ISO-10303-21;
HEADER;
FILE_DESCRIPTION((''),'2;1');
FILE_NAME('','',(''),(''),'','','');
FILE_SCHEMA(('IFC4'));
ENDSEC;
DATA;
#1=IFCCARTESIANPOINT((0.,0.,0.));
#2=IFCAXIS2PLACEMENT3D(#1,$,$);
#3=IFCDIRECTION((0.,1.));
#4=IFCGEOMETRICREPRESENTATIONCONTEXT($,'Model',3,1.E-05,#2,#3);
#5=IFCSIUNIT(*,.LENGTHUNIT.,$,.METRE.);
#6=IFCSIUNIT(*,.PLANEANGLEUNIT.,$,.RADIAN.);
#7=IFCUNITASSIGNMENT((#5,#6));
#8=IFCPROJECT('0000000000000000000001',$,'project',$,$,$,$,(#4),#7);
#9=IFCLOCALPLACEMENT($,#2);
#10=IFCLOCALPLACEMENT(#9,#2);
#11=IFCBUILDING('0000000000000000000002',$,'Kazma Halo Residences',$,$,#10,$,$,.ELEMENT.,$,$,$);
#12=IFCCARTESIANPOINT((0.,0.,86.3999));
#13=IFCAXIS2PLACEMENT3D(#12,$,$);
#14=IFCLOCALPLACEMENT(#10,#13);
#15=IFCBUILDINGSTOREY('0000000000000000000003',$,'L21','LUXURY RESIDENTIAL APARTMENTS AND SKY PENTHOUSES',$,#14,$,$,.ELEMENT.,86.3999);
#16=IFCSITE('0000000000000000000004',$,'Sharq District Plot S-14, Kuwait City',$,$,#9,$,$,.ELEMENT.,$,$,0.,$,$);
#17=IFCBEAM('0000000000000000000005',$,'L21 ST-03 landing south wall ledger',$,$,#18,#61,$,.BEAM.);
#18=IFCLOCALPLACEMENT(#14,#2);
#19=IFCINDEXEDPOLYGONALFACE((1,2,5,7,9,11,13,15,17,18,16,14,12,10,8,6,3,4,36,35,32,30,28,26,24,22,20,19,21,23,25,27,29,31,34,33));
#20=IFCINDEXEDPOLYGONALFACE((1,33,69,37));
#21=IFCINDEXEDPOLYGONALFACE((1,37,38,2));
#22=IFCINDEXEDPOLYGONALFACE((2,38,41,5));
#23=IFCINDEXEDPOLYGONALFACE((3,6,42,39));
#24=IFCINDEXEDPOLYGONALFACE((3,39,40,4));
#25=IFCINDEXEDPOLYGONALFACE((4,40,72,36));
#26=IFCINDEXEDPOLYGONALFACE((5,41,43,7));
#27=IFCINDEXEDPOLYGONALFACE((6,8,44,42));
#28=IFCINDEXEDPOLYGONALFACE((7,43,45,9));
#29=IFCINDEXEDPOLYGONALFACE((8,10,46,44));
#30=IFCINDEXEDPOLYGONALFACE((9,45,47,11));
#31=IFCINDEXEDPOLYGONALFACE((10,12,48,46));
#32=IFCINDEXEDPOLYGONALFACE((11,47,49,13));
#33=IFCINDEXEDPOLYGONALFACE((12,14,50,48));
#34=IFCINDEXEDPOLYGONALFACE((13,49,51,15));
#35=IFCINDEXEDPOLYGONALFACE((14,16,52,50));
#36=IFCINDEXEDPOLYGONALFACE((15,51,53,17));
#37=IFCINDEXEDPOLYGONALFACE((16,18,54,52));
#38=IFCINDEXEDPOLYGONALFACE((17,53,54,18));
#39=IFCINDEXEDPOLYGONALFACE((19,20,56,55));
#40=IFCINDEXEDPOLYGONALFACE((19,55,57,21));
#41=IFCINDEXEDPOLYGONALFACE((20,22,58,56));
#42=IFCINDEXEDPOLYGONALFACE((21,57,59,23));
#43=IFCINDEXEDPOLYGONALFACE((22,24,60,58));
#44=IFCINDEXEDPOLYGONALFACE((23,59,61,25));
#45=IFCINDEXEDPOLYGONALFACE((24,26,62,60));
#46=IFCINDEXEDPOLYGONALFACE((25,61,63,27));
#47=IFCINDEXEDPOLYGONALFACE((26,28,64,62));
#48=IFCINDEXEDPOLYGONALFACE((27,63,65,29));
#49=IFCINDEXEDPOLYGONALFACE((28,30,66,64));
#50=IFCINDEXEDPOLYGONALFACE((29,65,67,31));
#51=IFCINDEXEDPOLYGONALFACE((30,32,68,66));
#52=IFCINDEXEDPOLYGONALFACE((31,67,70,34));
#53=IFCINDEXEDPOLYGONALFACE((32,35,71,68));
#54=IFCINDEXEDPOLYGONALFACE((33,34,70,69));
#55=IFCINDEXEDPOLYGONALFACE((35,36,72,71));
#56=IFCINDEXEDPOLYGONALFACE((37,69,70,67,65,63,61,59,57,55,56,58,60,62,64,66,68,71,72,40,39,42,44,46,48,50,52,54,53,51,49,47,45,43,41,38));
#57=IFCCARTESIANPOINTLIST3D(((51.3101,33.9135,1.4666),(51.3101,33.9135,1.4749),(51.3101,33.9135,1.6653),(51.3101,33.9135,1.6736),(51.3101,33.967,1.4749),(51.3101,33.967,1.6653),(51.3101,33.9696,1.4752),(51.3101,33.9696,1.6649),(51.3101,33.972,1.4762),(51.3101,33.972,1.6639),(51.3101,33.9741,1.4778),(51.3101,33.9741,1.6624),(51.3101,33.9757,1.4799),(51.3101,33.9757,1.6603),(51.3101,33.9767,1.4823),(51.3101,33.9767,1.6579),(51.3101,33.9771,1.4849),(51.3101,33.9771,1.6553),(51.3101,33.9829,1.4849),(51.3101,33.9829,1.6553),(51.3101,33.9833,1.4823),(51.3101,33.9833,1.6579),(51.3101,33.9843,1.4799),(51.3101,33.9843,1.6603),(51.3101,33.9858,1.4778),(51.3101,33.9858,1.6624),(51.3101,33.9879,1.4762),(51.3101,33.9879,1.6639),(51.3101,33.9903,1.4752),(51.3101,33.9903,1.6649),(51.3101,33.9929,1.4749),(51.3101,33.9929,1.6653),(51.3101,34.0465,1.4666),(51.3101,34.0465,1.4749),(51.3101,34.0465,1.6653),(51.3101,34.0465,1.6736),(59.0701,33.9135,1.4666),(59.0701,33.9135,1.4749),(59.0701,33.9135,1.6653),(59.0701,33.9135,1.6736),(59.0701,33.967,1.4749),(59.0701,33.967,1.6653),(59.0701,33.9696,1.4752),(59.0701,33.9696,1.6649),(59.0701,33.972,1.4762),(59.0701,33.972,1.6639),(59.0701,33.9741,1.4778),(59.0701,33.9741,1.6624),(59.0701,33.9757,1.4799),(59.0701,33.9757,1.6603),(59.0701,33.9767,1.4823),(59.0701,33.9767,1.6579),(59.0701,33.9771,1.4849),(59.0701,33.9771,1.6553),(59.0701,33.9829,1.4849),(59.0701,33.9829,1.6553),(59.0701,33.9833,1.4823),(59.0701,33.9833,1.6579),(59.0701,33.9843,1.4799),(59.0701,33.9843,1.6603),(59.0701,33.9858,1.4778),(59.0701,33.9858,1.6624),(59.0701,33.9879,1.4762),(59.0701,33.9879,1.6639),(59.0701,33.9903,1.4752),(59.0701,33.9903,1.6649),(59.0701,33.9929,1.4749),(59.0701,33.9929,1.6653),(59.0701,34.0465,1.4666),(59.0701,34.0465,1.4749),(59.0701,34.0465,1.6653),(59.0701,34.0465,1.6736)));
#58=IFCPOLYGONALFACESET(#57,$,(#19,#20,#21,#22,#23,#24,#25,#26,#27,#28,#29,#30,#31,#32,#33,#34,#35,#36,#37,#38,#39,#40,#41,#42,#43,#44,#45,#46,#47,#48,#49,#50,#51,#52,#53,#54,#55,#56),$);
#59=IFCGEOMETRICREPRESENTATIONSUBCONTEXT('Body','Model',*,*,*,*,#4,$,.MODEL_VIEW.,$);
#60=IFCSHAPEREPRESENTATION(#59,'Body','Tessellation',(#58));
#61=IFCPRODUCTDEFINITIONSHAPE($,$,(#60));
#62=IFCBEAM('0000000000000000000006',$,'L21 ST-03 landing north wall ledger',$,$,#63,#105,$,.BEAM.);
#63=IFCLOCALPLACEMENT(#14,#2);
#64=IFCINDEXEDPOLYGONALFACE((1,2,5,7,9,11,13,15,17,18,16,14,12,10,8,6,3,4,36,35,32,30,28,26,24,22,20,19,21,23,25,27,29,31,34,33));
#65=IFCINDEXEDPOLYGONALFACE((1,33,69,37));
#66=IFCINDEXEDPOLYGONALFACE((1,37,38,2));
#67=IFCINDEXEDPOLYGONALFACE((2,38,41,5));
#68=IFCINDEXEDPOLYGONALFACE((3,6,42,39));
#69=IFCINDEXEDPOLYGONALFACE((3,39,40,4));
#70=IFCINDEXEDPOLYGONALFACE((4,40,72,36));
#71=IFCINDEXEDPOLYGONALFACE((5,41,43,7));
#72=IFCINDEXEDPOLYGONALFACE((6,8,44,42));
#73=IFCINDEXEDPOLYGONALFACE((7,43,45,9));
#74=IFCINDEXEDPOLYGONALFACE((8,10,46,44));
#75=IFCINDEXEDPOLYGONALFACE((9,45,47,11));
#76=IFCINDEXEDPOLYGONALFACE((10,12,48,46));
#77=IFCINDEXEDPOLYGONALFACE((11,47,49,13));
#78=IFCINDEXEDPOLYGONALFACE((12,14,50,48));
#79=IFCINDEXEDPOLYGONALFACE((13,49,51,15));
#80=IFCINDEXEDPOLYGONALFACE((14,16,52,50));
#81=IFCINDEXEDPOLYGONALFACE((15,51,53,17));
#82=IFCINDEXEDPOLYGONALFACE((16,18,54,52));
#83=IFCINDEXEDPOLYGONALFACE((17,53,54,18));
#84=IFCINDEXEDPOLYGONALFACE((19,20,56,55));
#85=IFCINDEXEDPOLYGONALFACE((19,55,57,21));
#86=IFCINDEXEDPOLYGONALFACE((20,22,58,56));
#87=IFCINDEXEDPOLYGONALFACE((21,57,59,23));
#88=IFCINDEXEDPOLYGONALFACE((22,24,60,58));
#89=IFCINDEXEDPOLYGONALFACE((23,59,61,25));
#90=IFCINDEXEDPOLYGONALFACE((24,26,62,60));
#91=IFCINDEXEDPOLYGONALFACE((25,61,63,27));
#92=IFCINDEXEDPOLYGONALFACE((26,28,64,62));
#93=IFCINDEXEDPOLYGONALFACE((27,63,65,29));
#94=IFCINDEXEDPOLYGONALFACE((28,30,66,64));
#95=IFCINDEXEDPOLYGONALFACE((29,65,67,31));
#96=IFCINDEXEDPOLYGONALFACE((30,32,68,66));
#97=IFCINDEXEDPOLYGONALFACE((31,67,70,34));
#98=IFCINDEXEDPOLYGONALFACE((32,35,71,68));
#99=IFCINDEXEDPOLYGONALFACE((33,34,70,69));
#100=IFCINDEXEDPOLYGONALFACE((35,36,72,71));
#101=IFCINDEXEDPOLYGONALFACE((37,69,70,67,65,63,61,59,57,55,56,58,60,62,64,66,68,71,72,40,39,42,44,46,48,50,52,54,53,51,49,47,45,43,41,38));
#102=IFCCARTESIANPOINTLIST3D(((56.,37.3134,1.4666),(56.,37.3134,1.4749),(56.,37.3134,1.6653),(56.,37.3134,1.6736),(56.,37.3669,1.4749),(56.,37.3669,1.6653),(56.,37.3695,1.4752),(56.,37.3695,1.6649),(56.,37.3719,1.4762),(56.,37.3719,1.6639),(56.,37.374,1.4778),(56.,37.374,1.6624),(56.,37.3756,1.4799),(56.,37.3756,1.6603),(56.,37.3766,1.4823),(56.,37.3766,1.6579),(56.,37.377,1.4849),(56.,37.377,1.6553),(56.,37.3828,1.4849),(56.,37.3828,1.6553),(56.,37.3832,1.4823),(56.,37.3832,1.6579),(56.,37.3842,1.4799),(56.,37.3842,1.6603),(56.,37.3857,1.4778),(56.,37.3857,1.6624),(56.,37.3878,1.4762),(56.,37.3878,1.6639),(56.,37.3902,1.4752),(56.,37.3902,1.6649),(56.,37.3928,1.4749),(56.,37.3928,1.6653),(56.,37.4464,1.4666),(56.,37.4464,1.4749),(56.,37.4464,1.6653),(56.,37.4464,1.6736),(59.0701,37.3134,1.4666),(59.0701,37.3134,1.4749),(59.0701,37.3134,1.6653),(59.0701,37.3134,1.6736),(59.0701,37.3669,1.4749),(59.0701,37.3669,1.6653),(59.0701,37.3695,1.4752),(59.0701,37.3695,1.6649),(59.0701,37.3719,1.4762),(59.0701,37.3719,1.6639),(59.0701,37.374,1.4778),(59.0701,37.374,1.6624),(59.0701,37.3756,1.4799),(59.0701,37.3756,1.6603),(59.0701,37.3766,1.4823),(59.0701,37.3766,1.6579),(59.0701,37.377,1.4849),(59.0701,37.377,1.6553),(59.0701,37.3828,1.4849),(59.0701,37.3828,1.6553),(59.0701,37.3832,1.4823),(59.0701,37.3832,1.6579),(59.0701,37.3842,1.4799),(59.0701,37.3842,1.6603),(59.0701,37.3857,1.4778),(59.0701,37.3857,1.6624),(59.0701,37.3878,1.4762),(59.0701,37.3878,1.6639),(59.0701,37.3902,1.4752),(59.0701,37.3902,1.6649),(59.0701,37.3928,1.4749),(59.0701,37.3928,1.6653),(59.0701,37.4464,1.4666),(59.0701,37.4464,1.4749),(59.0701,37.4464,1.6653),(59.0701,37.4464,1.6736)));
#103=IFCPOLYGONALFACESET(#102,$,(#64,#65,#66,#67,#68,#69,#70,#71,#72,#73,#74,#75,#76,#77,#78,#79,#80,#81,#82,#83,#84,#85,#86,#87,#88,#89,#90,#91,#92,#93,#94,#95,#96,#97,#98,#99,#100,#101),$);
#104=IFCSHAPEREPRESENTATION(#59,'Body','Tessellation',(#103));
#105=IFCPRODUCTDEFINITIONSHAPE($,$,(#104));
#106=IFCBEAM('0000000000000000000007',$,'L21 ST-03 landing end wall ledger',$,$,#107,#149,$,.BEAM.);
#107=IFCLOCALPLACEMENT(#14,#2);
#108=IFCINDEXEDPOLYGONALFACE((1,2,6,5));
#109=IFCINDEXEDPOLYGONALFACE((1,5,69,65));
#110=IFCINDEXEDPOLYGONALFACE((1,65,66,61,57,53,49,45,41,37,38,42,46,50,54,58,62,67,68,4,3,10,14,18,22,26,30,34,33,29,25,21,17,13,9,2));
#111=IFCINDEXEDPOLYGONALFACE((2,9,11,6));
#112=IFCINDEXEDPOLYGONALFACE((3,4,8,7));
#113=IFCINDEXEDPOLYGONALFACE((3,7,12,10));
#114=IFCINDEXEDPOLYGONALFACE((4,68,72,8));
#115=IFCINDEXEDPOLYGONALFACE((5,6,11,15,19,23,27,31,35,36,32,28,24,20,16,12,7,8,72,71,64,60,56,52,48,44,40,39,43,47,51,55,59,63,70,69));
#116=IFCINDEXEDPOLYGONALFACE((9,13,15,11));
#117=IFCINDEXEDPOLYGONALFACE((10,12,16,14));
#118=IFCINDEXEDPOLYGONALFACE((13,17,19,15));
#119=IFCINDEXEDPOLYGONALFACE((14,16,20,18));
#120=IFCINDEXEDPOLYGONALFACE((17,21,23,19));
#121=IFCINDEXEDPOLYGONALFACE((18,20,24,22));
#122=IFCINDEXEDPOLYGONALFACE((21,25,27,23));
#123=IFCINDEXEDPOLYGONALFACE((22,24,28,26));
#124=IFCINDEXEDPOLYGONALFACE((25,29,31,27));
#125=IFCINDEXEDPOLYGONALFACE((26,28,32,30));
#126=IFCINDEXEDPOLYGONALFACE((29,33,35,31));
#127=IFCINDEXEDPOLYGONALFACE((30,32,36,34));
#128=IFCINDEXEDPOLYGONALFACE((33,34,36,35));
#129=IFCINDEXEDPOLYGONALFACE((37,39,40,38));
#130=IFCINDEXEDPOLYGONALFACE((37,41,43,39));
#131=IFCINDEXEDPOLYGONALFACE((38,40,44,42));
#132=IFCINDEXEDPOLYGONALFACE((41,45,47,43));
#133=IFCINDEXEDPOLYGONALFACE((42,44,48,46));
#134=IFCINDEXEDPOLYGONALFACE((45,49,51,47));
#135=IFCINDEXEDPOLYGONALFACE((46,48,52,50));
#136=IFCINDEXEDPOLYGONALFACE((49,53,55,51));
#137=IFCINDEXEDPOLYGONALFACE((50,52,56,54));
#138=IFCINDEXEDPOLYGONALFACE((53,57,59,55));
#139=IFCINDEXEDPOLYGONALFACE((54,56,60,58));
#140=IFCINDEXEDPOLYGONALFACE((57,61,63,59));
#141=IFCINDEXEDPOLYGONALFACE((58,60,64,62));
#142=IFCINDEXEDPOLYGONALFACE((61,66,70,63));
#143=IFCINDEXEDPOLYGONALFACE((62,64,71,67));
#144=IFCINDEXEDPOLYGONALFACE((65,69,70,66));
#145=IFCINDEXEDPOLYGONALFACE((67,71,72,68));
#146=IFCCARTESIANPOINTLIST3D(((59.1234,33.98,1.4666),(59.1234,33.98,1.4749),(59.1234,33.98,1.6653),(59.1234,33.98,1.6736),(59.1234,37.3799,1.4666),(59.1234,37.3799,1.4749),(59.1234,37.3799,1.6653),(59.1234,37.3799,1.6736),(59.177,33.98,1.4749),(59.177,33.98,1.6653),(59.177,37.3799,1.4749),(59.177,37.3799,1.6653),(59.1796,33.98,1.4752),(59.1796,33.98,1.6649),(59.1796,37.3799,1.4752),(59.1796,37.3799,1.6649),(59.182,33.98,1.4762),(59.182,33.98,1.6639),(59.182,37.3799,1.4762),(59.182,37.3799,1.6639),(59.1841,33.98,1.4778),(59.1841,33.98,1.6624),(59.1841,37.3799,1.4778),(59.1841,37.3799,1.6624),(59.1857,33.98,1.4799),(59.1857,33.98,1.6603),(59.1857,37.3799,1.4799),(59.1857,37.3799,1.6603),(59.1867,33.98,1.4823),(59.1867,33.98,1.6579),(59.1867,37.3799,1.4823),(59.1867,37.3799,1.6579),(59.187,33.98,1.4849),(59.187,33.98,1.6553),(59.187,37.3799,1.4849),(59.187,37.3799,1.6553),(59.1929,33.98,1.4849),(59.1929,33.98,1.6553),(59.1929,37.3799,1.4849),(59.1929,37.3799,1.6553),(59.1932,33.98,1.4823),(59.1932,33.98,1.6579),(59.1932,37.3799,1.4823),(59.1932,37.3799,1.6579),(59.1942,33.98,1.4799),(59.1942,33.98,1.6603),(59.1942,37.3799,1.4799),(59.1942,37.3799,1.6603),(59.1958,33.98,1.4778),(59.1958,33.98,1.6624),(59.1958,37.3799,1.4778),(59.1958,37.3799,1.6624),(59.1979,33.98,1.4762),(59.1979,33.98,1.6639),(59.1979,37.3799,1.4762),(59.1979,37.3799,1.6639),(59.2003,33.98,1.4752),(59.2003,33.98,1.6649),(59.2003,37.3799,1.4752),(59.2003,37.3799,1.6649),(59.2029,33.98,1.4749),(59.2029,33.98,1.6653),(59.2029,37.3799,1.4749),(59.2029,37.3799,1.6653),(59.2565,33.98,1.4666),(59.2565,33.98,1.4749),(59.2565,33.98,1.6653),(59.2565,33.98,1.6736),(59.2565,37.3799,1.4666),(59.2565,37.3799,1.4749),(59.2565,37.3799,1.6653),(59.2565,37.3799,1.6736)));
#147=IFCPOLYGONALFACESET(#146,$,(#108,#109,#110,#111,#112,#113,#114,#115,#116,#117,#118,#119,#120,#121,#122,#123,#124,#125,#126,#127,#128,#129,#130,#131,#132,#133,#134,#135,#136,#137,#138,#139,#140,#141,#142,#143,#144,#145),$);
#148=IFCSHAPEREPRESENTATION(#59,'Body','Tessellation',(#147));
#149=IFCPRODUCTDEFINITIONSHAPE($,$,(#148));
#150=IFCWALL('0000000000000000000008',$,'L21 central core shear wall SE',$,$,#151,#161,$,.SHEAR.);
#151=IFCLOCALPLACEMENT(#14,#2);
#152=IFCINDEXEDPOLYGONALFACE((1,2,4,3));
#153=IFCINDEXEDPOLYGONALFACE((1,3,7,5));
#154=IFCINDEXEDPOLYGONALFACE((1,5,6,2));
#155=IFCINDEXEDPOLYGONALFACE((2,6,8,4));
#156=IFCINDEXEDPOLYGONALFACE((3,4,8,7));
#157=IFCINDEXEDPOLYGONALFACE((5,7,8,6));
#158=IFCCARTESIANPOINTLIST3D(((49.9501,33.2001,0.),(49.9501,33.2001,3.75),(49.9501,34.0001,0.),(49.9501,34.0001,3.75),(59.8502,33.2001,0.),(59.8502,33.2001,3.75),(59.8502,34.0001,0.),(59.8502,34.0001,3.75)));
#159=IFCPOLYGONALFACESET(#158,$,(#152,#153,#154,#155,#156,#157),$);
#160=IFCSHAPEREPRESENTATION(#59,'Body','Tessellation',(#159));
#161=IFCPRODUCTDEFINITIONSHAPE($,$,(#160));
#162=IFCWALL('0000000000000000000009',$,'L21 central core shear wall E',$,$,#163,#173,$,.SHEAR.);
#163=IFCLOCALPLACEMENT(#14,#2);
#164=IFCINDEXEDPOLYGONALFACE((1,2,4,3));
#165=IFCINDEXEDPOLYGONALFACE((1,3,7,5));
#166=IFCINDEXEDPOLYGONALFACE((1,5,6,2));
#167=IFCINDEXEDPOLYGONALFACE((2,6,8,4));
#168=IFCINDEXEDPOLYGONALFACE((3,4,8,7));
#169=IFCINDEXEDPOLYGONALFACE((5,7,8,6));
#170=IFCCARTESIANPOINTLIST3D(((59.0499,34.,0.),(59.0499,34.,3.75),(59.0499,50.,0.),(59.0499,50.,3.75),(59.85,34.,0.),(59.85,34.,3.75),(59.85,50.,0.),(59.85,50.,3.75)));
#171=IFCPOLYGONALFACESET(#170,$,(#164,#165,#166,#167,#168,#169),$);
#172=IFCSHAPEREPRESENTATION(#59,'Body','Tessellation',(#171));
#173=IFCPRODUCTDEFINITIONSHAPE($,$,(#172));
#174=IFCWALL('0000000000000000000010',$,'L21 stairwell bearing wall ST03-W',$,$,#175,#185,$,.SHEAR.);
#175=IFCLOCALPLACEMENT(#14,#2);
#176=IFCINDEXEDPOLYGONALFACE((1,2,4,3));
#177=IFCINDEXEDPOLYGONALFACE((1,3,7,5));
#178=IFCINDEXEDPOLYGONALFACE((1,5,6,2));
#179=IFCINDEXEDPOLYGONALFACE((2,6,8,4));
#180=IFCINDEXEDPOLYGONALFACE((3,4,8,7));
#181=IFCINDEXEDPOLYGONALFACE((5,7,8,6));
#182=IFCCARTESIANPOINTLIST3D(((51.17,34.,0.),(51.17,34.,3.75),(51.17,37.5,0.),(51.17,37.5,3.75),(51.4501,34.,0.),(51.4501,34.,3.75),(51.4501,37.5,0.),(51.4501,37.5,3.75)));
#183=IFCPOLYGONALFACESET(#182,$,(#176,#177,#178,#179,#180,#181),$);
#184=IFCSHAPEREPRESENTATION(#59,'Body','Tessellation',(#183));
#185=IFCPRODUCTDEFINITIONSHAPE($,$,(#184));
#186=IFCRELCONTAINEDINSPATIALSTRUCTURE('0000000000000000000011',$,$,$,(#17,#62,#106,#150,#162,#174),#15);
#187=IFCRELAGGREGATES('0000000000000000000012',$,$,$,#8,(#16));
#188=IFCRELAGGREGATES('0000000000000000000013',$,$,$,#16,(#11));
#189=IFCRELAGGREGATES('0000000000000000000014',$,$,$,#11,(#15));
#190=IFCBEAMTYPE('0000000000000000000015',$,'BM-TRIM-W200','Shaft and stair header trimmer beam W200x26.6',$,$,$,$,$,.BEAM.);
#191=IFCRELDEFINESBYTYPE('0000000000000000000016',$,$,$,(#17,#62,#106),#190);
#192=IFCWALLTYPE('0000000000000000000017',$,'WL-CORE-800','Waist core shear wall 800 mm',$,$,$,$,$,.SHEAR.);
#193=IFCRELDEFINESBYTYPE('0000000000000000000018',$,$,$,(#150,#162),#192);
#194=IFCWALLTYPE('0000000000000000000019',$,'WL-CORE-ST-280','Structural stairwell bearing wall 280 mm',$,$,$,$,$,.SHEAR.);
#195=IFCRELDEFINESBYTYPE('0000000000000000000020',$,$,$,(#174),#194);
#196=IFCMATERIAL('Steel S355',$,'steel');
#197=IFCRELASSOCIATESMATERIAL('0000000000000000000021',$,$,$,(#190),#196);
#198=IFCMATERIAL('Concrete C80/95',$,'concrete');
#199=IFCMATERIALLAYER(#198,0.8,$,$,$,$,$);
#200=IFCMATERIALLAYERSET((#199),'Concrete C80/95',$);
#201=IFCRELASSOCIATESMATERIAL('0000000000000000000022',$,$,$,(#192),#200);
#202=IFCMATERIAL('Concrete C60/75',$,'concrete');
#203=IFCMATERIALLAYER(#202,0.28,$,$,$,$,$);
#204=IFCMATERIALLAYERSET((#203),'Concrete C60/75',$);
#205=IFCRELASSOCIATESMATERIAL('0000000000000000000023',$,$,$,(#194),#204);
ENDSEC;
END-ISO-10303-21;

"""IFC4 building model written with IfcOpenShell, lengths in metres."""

from ifc_helpers import new_model, si_unit, direction, frame, frame_2d, origin, origin_2d, place, context, subcontext, project, spatial, rectangle, i_section, extrude, material, layer, layer_set, material_profile, profile_set, type_object, element, save


model = new_model("IFC4")

# Units and contexts
model_context = context("Model", 3, precision=1e-05, world=origin(), true_north=direction((0.0, 1.0)))
body_context = subcontext(model_context, "Body", "Model", "MODEL_VIEW")
ifc_project = project(units=[si_unit("LENGTHUNIT", "METRE"), si_unit("PLANEANGLEUNIT", "RADIAN")], contexts=[model_context])

# Site, building, storey
site_placement = place(None, origin())
site = spatial("IfcSite", under=ifc_project, at=site_placement, Name="Sharq District Plot S-14, Kuwait City", CompositionType="ELEMENT", RefElevation=0.0)
building_placement = place(site_placement, origin())
building = spatial("IfcBuilding", under=site, at=building_placement, Name="Kazma Halo Residences", CompositionType="ELEMENT")
storey_placement = place(building_placement, frame((0.0, 0.0, 86.3999)))
storey = spatial("IfcBuildingStorey", under=building, at=storey_placement, Name="L21", Description="LUXURY RESIDENTIAL APARTMENTS AND SKY PENTHOUSES", CompositionType="ELEMENT", Elevation=86.3999)

# Shared definitions
ifc_material_1 = material(Name="Steel S355", Category="steel")

# Beams
ifc_material_profile_1 = material_profile(ifc_material_1, i_section(OverallWidth=0.1331, OverallDepth=0.207, WebThickness=0.0059, FlangeThickness=0.0083, FilletRadius=0.01, at=origin_2d()), Name="W200x26.6")
ifc_profile_set_1 = profile_set([ifc_material_profile_1], Name="Steel S355")
beam_type_1 = type_object("IfcBeamType", Name="BM-TRIM-W200", Description="Shaft and stair header trimmer beam W200x26.6", PredefinedType="BEAM", material=ifc_profile_set_1)
beam_1_placement = place(storey_placement, frame((51.3101, 33.98, 1.5701), z_axis=(1.0, 0.0, 0.0), x_axis=(0.0, 1.0, 0.0)))
element("IfcBeam", 1, at=beam_1_placement, inside=storey, type_object=beam_type_1, Name="L21 ST-03 landing south wall ledger", PredefinedType="BEAM", context=body_context, shape_type="SweptSolid", body=[
    extrude(i_section(OverallWidth=0.1331, OverallDepth=0.207, WebThickness=0.0059, FlangeThickness=0.0083, FilletRadius=0.01, at=origin_2d()), origin(), (0.0, 0.0, 1.0), 7.76),
])
beam_2_placement = place(storey_placement, frame((56.0, 37.3799, 1.5701), z_axis=(1.0, 0.0, 0.0), x_axis=(0.0, 1.0, 0.0)))
element("IfcBeam", 2, at=beam_2_placement, inside=storey, type_object=beam_type_1, Name="L21 ST-03 landing north wall ledger", PredefinedType="BEAM", context=body_context, shape_type="SweptSolid", body=[
    extrude(i_section(OverallWidth=0.1331, OverallDepth=0.207, WebThickness=0.0059, FlangeThickness=0.0083, FilletRadius=0.01, at=origin_2d()), origin(), (0.0, 0.0, 1.0), 3.0701),
])
beam_3_placement = place(storey_placement, frame((59.1899, 33.98, 1.5701), z_axis=(0.0, 1.0, 0.0), x_axis=(-1.0, 0.0, 0.0)))
element("IfcBeam", 3, at=beam_3_placement, inside=storey, type_object=beam_type_1, Name="L21 ST-03 landing end wall ledger", PredefinedType="BEAM", context=body_context, shape_type="SweptSolid", body=[
    extrude(i_section(OverallWidth=0.1331, OverallDepth=0.207, WebThickness=0.0059, FlangeThickness=0.0083, FilletRadius=0.01, at=origin_2d()), origin(), (0.0, 0.0, 1.0), 3.3999),
])

# Walls
ifc_material_2 = material(Name="Concrete C80/95", Category="concrete")
ifc_layer_1 = layer(ifc_material_2, 0.8)
ifc_layer_set_1 = layer_set([ifc_layer_1], Name="Concrete C80/95")
wall_type_1 = type_object("IfcWallType", Name="WL-CORE-800", Description="Waist core shear wall 800 mm", PredefinedType="SHEAR", material=ifc_layer_set_1)
wall_1_placement = place(storey_placement, frame((49.95, 33.6001, 0.0), z_axis=(0.0, 0.0, 1.0), x_axis=(1.0, 0.0, 0.0)))
element("IfcWall", 4, at=wall_1_placement, inside=storey, type_object=wall_type_1, Name="L21 central core shear wall SE", PredefinedType="SHEAR", context=body_context, shape_type="SweptSolid", body=[
    extrude(rectangle(XDim=9.9001, YDim=0.8, at=frame_2d((4.9502, 0.0))), origin(), (0.0, 0.0, 1.0), 3.75),
])
wall_2_placement = place(storey_placement, frame((59.45, 34.0, 0.0), z_axis=(0.0, 0.0, 1.0), x_axis=(0.0, 1.0, 0.0)))
element("IfcWall", 5, at=wall_2_placement, inside=storey, type_object=wall_type_1, Name="L21 central core shear wall E", PredefinedType="SHEAR", context=body_context, shape_type="SweptSolid", body=[
    extrude(rectangle(XDim=16.0, YDim=0.8, at=frame_2d((8.0, 0.0))), origin(), (0.0, 0.0, 1.0), 3.75),
])
ifc_material_3 = material(Name="Concrete C60/75", Category="concrete")
ifc_layer_2 = layer(ifc_material_3, 0.28)
ifc_layer_set_2 = layer_set([ifc_layer_2], Name="Concrete C60/75")
wall_type_2 = type_object("IfcWallType", Name="WL-CORE-ST-280", Description="Structural stairwell bearing wall 280 mm", PredefinedType="SHEAR", material=ifc_layer_set_2)
wall_3_placement = place(storey_placement, frame((51.3101, 34.0, 0.0), z_axis=(0.0, 0.0, 1.0), x_axis=(0.0, 1.0, 0.0)))
element("IfcWall", 6, at=wall_3_placement, inside=storey, type_object=wall_type_2, Name="L21 stairwell bearing wall ST03-W", PredefinedType="SHEAR", context=body_context, shape_type="SweptSolid", body=[
    extrude(rectangle(XDim=3.5, YDim=0.28, at=frame_2d((1.75, 0.0))), origin(), (0.0, 0.0, 1.0), 3.75),
])

save(model, "model.ifc")
